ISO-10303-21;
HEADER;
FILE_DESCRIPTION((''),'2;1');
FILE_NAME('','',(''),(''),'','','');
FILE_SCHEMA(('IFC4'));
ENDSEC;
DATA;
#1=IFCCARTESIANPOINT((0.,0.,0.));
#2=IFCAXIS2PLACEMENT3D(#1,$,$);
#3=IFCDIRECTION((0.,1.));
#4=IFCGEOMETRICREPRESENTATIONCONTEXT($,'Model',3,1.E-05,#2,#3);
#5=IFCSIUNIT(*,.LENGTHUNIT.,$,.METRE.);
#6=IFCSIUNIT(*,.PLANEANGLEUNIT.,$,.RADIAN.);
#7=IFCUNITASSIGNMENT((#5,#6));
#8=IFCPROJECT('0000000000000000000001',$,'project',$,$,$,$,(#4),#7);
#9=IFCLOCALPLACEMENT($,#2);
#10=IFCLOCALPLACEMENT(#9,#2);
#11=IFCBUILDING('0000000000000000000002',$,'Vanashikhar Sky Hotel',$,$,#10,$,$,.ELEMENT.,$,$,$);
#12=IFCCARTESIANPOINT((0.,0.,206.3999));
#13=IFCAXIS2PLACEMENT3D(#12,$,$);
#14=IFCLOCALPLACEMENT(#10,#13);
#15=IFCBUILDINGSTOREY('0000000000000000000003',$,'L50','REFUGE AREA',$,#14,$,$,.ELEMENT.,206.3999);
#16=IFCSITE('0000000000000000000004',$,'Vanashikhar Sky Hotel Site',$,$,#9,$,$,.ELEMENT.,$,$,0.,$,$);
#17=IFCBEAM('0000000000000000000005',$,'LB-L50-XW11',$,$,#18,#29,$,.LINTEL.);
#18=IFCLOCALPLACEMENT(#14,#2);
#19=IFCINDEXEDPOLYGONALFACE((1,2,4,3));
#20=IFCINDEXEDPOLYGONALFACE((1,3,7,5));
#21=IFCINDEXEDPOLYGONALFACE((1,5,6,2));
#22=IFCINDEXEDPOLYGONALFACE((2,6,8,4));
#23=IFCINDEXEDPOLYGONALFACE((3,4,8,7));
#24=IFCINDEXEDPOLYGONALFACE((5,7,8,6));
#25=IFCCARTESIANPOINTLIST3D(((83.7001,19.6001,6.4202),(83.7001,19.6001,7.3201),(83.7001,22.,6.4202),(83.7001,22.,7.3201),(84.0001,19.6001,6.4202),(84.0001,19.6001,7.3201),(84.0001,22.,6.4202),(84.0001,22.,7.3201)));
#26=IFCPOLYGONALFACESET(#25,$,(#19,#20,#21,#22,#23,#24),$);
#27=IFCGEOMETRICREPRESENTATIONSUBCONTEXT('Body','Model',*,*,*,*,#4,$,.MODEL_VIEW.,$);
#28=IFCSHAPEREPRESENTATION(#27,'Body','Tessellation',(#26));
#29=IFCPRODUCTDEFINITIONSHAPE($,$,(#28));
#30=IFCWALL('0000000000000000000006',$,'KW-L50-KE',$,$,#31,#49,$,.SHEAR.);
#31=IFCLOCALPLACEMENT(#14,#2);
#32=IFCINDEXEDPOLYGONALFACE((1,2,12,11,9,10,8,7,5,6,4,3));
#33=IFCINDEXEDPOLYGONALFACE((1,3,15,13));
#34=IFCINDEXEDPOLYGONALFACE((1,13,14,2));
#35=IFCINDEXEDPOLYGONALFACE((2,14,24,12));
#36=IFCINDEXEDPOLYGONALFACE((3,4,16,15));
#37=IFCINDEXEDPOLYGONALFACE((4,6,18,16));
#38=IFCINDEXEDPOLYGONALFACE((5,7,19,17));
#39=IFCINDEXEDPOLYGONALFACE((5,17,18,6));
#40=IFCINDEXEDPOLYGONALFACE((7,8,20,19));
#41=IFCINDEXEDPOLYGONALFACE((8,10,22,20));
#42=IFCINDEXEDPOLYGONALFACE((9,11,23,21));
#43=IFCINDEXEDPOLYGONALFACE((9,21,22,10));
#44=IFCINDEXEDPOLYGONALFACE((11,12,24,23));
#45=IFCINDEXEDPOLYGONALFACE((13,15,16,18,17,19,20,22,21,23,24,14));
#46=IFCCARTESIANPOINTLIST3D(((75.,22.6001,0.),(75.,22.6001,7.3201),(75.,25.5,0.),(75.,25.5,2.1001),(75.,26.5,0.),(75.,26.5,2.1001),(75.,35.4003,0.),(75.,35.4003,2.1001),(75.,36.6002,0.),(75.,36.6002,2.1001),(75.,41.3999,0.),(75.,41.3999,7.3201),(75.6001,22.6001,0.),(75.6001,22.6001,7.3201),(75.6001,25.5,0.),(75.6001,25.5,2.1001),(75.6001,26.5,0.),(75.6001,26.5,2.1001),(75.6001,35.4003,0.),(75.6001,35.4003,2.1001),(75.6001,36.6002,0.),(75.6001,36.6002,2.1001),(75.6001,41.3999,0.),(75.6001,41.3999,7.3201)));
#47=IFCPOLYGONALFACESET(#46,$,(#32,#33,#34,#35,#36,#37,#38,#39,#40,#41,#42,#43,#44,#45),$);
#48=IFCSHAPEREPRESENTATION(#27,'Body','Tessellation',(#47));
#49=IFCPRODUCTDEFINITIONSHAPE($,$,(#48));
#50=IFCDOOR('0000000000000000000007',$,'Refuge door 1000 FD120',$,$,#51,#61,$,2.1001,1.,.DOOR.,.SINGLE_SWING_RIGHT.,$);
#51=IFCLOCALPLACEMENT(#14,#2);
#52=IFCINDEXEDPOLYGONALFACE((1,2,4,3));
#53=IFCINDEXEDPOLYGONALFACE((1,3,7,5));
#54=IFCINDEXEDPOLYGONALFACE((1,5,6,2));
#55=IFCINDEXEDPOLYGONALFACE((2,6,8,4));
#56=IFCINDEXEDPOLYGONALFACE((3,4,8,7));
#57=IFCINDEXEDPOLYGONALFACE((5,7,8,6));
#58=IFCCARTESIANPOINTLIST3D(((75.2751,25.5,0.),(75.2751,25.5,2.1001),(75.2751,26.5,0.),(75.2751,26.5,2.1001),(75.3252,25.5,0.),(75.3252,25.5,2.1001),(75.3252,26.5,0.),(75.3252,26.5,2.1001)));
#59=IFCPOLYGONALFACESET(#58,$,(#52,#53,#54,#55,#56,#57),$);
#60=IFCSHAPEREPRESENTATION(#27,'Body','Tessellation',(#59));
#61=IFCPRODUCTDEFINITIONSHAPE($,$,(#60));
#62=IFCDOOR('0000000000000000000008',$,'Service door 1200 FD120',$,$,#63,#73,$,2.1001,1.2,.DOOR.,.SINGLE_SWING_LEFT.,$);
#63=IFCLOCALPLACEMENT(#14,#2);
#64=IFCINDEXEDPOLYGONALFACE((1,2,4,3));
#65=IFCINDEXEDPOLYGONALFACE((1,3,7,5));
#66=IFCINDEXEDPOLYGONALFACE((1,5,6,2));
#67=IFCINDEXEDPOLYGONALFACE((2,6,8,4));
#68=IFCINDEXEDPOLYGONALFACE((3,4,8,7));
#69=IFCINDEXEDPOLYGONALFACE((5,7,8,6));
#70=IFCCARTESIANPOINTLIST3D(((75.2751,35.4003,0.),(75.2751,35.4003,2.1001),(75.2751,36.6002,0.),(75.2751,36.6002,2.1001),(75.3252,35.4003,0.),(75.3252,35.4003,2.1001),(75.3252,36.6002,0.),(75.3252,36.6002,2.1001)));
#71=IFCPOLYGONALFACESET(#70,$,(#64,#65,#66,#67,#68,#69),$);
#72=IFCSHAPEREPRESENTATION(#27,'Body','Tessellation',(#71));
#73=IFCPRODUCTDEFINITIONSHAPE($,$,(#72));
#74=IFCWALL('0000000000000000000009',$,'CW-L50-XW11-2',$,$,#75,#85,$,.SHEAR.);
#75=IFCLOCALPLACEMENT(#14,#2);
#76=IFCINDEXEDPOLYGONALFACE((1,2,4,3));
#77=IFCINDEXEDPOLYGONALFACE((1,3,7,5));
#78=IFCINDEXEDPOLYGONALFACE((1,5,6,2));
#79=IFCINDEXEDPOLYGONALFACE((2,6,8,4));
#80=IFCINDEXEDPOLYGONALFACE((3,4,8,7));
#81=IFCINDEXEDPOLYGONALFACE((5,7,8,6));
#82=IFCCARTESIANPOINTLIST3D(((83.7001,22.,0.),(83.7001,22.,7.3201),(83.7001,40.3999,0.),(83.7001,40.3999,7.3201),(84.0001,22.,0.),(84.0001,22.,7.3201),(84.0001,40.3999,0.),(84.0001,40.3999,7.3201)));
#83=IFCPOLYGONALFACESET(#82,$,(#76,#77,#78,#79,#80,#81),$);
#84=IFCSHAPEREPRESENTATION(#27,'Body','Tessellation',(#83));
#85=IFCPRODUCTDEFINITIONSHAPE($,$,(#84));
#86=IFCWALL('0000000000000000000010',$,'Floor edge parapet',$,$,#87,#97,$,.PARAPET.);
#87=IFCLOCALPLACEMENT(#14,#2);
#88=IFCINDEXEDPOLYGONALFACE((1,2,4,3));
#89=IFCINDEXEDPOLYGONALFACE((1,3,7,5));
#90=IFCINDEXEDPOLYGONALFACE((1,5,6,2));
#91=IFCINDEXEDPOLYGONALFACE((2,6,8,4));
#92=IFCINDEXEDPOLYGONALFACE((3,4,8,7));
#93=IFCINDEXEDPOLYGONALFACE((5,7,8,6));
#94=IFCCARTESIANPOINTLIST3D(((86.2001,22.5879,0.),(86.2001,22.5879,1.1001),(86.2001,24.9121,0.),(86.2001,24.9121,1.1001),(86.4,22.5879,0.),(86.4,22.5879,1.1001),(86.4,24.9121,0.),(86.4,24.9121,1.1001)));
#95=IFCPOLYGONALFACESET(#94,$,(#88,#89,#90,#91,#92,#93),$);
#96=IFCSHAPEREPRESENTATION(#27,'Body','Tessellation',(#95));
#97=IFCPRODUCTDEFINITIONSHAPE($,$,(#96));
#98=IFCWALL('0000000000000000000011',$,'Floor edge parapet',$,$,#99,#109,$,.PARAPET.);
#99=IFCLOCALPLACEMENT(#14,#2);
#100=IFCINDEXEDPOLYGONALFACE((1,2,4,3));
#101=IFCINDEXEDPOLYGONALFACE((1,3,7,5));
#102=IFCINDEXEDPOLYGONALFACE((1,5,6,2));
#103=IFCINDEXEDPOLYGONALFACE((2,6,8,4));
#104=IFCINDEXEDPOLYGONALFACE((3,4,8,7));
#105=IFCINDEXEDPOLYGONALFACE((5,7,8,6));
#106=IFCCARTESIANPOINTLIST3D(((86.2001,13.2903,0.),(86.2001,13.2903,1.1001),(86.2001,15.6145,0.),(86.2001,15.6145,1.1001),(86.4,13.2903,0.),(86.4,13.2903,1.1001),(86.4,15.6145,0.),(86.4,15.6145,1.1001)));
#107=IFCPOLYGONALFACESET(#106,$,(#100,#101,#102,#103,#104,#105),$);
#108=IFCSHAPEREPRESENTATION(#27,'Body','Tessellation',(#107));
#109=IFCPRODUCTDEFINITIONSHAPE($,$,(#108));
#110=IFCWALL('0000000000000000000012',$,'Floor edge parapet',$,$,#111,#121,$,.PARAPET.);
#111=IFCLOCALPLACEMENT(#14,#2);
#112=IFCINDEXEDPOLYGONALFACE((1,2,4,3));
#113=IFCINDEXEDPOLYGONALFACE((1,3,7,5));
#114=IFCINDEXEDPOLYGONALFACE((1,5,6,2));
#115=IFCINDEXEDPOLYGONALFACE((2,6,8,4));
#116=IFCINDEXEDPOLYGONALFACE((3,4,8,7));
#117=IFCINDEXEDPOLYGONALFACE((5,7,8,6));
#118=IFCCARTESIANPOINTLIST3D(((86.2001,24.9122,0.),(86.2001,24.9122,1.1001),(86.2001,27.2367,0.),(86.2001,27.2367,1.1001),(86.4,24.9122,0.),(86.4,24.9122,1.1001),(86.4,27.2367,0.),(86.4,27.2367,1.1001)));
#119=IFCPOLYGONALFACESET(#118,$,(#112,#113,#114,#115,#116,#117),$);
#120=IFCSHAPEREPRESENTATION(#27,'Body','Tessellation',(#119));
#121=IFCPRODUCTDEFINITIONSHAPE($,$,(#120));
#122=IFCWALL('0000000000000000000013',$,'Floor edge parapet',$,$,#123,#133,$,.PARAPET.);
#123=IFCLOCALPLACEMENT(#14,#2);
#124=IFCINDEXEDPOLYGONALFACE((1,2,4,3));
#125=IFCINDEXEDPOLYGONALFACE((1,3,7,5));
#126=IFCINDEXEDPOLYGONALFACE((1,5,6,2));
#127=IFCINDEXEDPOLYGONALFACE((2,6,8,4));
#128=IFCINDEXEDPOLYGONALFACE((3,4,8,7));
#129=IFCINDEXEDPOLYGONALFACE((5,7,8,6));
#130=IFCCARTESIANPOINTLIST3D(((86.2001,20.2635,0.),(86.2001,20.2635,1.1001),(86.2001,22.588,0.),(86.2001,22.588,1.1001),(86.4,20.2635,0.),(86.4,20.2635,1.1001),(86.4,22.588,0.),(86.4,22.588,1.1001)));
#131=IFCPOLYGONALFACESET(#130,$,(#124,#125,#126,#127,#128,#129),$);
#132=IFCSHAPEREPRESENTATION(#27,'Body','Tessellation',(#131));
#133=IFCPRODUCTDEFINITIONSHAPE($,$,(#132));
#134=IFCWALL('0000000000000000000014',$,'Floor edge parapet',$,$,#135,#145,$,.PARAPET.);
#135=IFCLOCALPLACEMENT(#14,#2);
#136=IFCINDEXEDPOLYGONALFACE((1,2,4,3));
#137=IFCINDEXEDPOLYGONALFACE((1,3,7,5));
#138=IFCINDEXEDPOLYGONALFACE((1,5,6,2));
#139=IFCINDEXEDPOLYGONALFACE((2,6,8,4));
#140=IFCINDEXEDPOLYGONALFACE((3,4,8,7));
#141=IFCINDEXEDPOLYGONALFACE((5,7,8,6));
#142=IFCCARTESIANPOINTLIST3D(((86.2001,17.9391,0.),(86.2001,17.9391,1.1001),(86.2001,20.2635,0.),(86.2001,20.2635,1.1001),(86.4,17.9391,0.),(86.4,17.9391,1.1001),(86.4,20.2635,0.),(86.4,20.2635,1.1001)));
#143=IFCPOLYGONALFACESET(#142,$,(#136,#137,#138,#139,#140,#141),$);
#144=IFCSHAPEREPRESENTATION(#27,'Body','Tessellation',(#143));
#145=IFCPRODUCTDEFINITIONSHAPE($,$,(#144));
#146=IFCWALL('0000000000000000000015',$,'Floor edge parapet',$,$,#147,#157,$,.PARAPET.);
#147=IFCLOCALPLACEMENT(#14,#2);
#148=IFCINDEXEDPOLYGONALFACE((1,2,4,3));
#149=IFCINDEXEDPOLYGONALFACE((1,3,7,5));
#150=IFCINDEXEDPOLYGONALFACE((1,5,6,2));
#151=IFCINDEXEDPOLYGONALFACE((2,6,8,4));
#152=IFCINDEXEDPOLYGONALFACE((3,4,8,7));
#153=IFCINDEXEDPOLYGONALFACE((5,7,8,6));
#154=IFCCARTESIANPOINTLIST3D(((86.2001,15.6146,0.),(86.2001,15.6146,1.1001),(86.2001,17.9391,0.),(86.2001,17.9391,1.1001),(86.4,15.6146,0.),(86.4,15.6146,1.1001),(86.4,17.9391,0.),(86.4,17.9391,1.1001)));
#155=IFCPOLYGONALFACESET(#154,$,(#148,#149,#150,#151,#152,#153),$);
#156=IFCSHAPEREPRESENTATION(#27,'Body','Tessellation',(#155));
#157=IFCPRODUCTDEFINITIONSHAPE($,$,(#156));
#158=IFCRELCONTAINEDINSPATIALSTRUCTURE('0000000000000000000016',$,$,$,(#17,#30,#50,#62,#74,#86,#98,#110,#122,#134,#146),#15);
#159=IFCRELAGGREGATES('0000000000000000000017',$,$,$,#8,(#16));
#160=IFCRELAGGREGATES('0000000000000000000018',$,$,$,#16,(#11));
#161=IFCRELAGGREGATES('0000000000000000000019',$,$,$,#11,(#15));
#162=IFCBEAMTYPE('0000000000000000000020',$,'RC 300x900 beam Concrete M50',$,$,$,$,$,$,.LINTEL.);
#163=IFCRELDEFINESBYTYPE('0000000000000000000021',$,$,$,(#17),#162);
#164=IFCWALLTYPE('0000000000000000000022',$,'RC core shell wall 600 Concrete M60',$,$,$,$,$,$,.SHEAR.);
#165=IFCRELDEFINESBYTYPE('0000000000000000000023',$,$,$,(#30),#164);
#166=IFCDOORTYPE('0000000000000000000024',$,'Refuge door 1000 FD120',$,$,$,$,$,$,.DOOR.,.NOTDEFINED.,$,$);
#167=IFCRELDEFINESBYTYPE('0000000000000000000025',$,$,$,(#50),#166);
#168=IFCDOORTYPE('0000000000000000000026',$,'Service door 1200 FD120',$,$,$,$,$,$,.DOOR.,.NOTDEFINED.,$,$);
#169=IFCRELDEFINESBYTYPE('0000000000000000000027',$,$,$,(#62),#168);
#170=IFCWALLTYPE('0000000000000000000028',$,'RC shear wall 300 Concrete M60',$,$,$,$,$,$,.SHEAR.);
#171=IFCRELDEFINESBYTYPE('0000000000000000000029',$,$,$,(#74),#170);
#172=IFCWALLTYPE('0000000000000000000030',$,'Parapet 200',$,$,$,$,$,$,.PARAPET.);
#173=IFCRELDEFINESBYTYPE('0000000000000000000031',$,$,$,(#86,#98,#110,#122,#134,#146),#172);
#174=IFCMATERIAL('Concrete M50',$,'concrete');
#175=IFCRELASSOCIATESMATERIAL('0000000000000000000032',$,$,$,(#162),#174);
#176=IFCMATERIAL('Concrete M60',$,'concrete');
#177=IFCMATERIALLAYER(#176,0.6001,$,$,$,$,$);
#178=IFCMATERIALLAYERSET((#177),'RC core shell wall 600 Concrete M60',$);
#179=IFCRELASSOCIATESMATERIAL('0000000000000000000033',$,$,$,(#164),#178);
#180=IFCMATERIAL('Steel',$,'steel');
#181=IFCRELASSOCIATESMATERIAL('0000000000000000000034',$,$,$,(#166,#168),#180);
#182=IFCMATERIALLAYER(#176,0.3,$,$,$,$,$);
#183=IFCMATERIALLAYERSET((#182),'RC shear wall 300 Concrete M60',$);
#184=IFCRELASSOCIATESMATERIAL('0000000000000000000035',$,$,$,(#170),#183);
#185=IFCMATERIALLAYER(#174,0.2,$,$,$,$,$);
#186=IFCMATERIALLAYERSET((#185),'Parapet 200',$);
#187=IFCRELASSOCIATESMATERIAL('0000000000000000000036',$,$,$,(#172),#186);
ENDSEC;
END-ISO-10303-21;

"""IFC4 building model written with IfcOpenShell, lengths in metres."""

from ifc_helpers import new_model, si_unit, direction, frame, frame_2d, origin, origin_2d, place, context, subcontext, project, spatial, rectangle, extrude, source, transform, mapped, material, layer, layer_set, material_profile, profile_set, type_object, element, fill, save


model = new_model("IFC4")

# Units and contexts
model_context = context("Model", 3, precision=1e-05, world=origin(), true_north=direction((0.0, 1.0)))
body_context = subcontext(model_context, "Body", "Model", "MODEL_VIEW")
ifc_project = project(units=[si_unit("LENGTHUNIT", "METRE"), si_unit("PLANEANGLEUNIT", "RADIAN")], contexts=[model_context])

# Site, building, storey
site_placement = place(None, origin())
site = spatial("IfcSite", under=ifc_project, at=site_placement, Name="Vanashikhar Sky Hotel Site", CompositionType="ELEMENT", RefElevation=0.0)
building_placement = place(site_placement, origin())
building = spatial("IfcBuilding", under=site, at=building_placement, Name="Vanashikhar Sky Hotel", CompositionType="ELEMENT")
storey_placement = place(building_placement, frame((0.0, 0.0, 206.3999)))
storey = spatial("IfcBuildingStorey", under=building, at=storey_placement, Name="L50", Description="REFUGE AREA", CompositionType="ELEMENT", Elevation=206.3999)

# Beam
ifc_material_1 = material(Name="Concrete M50", Category="concrete")
ifc_material_profile = material_profile(ifc_material_1, rectangle(XDim=0.3, YDim=0.8999, at=origin_2d()))
ifc_profile_set = profile_set([ifc_material_profile], Name="RC 300x900 beam Concrete M50")
beam_type = type_object("IfcBeamType", Name="RC 300x900 beam Concrete M50", PredefinedType="LINTEL", material=ifc_profile_set)
shared_shape_1 = source(origin(), body_context, "Body", "SweptSolid", [
    extrude(rectangle(XDim=0.3, YDim=0.8999, at=origin_2d()), origin(), (0.0, 0.0, 1.0), 2.3999),
])
beam_placement = place(storey_placement, frame((83.8501, 19.6001, 6.8701), z_axis=(0.0, 1.0, 0.0), x_axis=(-1.0, 0.0, 0.0)))
element("IfcBeam", 1, at=beam_placement, inside=storey, type_object=beam_type, Name="LB-L50-XW11", PredefinedType="LINTEL", context=body_context, shape_type="MappedRepresentation", body=[
    mapped(shared_shape_1, transform((0.0, 0.0, 0.0), scale=1.0)),
])

# Wall, openings, doors
ifc_material_2 = material(Name="Concrete M60", Category="concrete")
ifc_layer_1 = layer(ifc_material_2, 0.6001)
ifc_layer_set_1 = layer_set([ifc_layer_1], Name="RC core shell wall 600 Concrete M60")
wall_type_1 = type_object("IfcWallType", Name="RC core shell wall 600 Concrete M60", PredefinedType="SHEAR", material=ifc_layer_set_1)
shared_shape_2 = source(origin(), body_context, "Body", "SweptSolid", [
    extrude(rectangle(XDim=18.7998, YDim=0.6001, at=frame_2d((9.3999, 0.0))), origin(), (0.0, 0.0, 1.0), 7.3201),
])
wall_1_placement = place(storey_placement, frame((75.3, 22.6001, 0.0), z_axis=(0.0, 0.0, 1.0), x_axis=(0.0, 1.0, 0.0)))
wall_1 = element("IfcWall", 2, at=wall_1_placement, inside=storey, type_object=wall_type_1, Name="KW-L50-KE", PredefinedType="SHEAR", context=body_context, shape_type="MappedRepresentation", body=[
    mapped(shared_shape_2, transform((0.0, 0.0, 0.0), scale=1.0)),
])
shared_shape_3 = source(origin(), body_context, "Body", "SweptSolid", [
    extrude(rectangle(XDim=1.0, YDim=2.1001, at=frame_2d((0.5, 1.05))), frame((0.0, 0.3101, 0.0), z_axis=(0.0, -1.0, 0.0), x_axis=(1.0, 0.0, 0.0)), (0.0, 0.0, 1.0), 0.6201),
])
opening_1_placement = place(wall_1_placement, frame((2.8999, 0.0, 0.0)))
opening_1 = element("IfcOpeningElement", 3, at=opening_1_placement, cuts=wall_1, PredefinedType="OPENING", context=body_context, shape_type="MappedRepresentation", body=[
    mapped(shared_shape_3, transform((0.0, 0.0, 0.0), scale=1.0)),
])
shared_shape_4 = source(origin(), body_context, "Body", "SweptSolid", [
    extrude(rectangle(XDim=1.2, YDim=2.1001, at=frame_2d((0.6001, 1.05))), frame((0.0, 0.3101, 0.0), z_axis=(0.0, -1.0, 0.0), x_axis=(1.0, 0.0, 0.0)), (0.0, 0.0, 1.0), 0.6201),
])
opening_2_placement = place(wall_1_placement, frame((12.8, 0.0, 0.0)))
opening_2 = element("IfcOpeningElement", 4, at=opening_2_placement, cuts=wall_1, PredefinedType="OPENING", context=body_context, shape_type="MappedRepresentation", body=[
    mapped(shared_shape_4, transform((0.0, 0.0, 0.0), scale=1.0)),
])
ifc_material_3 = material(Name="Steel", Category="steel")
door_type_1 = type_object("IfcDoorType", Name="Refuge door 1000 FD120", OperationType="NOTDEFINED", PredefinedType="DOOR", material=ifc_material_3)
shared_shape_5 = source(origin(), body_context, "Body", "SweptSolid", [
    extrude(rectangle(XDim=1.0, YDim=2.1001, at=frame_2d((0.5, 1.05))), frame((0.0, 0.0249, 0.0), z_axis=(0.0, -1.0, 0.0), x_axis=(1.0, 0.0, 0.0)), (0.0, 0.0, 1.0), 0.05),
])
door_1_placement = place(opening_1_placement, origin())
door_1 = element("IfcDoor", 5, at=door_1_placement, inside=storey, type_object=door_type_1, Name="Refuge door 1000 FD120", OperationType="SINGLE_SWING_RIGHT", OverallHeight=2.1001, OverallWidth=1.0, PredefinedType="DOOR", context=body_context, shape_type="MappedRepresentation", body=[
    mapped(shared_shape_5, transform((0.0, 0.0, 0.0), scale=1.0)),
])
fill(opening_1, door_1)
door_type_2 = type_object("IfcDoorType", Name="Service door 1200 FD120", OperationType="NOTDEFINED", PredefinedType="DOOR", material=ifc_material_3)
shared_shape_6 = source(origin(), body_context, "Body", "SweptSolid", [
    extrude(rectangle(XDim=1.2, YDim=2.1001, at=frame_2d((0.6001, 1.05))), frame((0.0, 0.0249, 0.0), z_axis=(0.0, -1.0, 0.0), x_axis=(1.0, 0.0, 0.0)), (0.0, 0.0, 1.0), 0.05),
])
door_2_placement = place(opening_2_placement, origin())
door_2 = element("IfcDoor", 6, at=door_2_placement, inside=storey, type_object=door_type_2, Name="Service door 1200 FD120", OperationType="SINGLE_SWING_LEFT", OverallHeight=2.1001, OverallWidth=1.2, PredefinedType="DOOR", context=body_context, shape_type="MappedRepresentation", body=[
    mapped(shared_shape_6, transform((0.0, 0.0, 0.0), scale=1.0)),
])
fill(opening_2, door_2)

# Walls
ifc_layer_2 = layer(ifc_material_2, 0.3)
ifc_layer_set_2 = layer_set([ifc_layer_2], Name="RC shear wall 300 Concrete M60")
wall_type_2 = type_object("IfcWallType", Name="RC shear wall 300 Concrete M60", PredefinedType="SHEAR", material=ifc_layer_set_2)
shared_shape_7 = source(origin(), body_context, "Body", "SweptSolid", [
    extrude(rectangle(XDim=18.3999, YDim=0.3, at=frame_2d((9.2, 0.0))), origin(), (0.0, 0.0, 1.0), 7.3201),
])
wall_2_placement = place(storey_placement, frame((83.8501, 22.0, 0.0), z_axis=(0.0, 0.0, 1.0), x_axis=(0.0, 1.0, 0.0)))
element("IfcWall", 7, at=wall_2_placement, inside=storey, type_object=wall_type_2, Name="CW-L50-XW11-2", PredefinedType="SHEAR", context=body_context, shape_type="MappedRepresentation", body=[
    mapped(shared_shape_7, transform((0.0, 0.0, 0.0), scale=1.0)),
])
ifc_layer_3 = layer(ifc_material_1, 0.2)
ifc_layer_set_3 = layer_set([ifc_layer_3], Name="Parapet 200")
wall_type_3 = type_object("IfcWallType", Name="Parapet 200", PredefinedType="PARAPET", material=ifc_layer_set_3)
shared_shape_8 = source(origin(), body_context, "Body", "SweptSolid", [
    extrude(rectangle(XDim=2.3242, YDim=0.2, at=frame_2d((1.1621, 0.0))), origin(), (0.0, 0.0, 1.0), 1.1001),
])
for number, where, z_axis, x_axis, name in (
    (8, (86.3, 24.9121, 0.0), (0.0, 0.0, 1.0), (0.0, -1.0, 0.0), "Floor edge parapet"),
    (9, (86.3, 15.6145, 0.0), (0.0, 0.0, 1.0), (0.0, -1.0, 0.0), "Floor edge parapet"),
):
    element("IfcWall", number, at=place(storey_placement, frame(where, z_axis=z_axis, x_axis=x_axis)), inside=storey, type_object=wall_type_3, Name=name, PredefinedType="PARAPET", context=body_context, shape_type="MappedRepresentation", body=[
        mapped(shared_shape_8, transform((0.0, 0.0, 0.0), scale=1.0)),
    ])
shared_shape_9 = source(origin(), body_context, "Body", "SweptSolid", [
    extrude(rectangle(XDim=2.3245, YDim=0.2, at=frame_2d((1.1621, 0.0))), origin(), (0.0, 0.0, 1.0), 1.1001),
])
for number, where, z_axis, x_axis, name in (
    (10, (86.3, 27.2366, 0.0), (0.0, 0.0, 1.0), (0.0, -1.0, 0.0), "Floor edge parapet"),
    (11, (86.3, 22.5879, 0.0), (0.0, 0.0, 1.0), (0.0, -1.0, 0.0), "Floor edge parapet"),
    (12, (86.3, 20.2634, 0.0), (0.0, 0.0, 1.0), (0.0, -1.0, 0.0), "Floor edge parapet"),
    (13, (86.3, 17.939, 0.0), (0.0, 0.0, 1.0), (0.0, -1.0, 0.0), "Floor edge parapet"),
):
    element("IfcWall", number, at=place(storey_placement, frame(where, z_axis=z_axis, x_axis=x_axis)), inside=storey, type_object=wall_type_3, Name=name, PredefinedType="PARAPET", context=body_context, shape_type="MappedRepresentation", body=[
        mapped(shared_shape_9, transform((0.0, 0.0, 0.0), scale=1.0)),
    ])

save(model, "model.ifc")
